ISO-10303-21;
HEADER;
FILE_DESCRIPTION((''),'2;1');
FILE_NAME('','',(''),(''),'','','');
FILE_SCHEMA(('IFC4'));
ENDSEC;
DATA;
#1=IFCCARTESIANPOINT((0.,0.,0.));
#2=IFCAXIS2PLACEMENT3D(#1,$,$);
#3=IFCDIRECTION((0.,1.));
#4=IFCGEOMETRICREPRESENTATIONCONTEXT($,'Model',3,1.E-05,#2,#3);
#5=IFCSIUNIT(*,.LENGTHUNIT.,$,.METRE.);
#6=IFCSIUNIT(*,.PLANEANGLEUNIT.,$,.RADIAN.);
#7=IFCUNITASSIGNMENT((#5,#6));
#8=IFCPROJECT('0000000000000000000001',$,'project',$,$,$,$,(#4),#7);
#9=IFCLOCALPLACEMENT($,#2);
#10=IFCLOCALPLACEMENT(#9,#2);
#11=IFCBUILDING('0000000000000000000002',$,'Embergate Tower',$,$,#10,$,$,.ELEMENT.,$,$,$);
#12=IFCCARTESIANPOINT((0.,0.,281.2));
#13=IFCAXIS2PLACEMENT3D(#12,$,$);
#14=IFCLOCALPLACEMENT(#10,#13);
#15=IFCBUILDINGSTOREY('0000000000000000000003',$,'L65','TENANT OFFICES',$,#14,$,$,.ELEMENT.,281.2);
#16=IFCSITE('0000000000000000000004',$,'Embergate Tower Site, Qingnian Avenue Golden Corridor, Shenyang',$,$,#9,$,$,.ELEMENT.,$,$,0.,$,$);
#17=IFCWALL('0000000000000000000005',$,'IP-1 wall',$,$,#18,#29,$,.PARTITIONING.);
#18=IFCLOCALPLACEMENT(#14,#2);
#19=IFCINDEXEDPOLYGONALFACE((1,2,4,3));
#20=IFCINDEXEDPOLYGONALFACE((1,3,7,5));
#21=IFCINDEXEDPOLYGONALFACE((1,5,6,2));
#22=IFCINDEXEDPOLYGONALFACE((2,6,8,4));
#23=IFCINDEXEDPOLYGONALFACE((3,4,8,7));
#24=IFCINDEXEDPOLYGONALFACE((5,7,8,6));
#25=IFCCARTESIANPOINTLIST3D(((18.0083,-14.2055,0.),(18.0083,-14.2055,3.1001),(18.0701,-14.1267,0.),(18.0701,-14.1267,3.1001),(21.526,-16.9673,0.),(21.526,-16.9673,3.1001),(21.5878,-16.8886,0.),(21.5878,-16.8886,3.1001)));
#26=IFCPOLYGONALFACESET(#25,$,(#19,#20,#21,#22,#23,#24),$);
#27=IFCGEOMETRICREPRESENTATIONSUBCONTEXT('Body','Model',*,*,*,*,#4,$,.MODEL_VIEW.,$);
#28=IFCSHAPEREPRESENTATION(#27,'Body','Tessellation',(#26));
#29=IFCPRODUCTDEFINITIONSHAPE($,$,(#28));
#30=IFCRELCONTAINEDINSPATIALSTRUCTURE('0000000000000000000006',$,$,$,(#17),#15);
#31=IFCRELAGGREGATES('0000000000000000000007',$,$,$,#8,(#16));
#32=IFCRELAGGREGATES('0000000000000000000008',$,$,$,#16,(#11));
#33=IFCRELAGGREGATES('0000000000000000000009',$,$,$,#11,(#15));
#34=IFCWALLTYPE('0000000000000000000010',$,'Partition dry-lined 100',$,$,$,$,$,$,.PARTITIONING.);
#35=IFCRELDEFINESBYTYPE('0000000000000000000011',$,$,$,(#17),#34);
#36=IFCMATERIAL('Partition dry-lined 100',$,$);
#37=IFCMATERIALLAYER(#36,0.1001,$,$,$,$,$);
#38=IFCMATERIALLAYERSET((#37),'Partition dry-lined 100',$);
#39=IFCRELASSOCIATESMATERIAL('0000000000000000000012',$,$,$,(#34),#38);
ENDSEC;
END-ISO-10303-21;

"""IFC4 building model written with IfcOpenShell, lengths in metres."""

from ifc_helpers import new_model, si_unit, direction, frame, frame_2d, origin, place, context, subcontext, project, spatial, rectangle, extrude, source, transform, mapped, material, layer, layer_set, type_object, element, save


model = new_model("IFC4")

# Units and contexts
model_context = context("Model", 3, precision=1e-05, world=origin(), true_north=direction((0.0, 1.0)))
body_context = subcontext(model_context, "Body", "Model", "MODEL_VIEW")
ifc_project = project(units=[si_unit("LENGTHUNIT", "METRE"), si_unit("PLANEANGLEUNIT", "RADIAN")], contexts=[model_context])

# Site, building, storey
site_placement = place(None, origin())
site = spatial("IfcSite", under=ifc_project, at=site_placement, Name="Embergate Tower Site, Qingnian Avenue Golden Corridor, Shenyang", CompositionType="ELEMENT", RefElevation=0.0)
building_placement = place(site_placement, origin())
building = spatial("IfcBuilding", under=site, at=building_placement, Name="Embergate Tower", CompositionType="ELEMENT")
storey_placement = place(building_placement, frame((0.0, 0.0, 281.2)))
storey = spatial("IfcBuildingStorey", under=building, at=storey_placement, Name="L65", Description="TENANT OFFICES", CompositionType="ELEMENT", Elevation=281.2)

# Wall
ifc_material_1 = material(Name="Partition dry-lined 100")
ifc_layer_1 = layer(ifc_material_1, 0.1001)
ifc_layer_set_1 = layer_set([ifc_layer_1], Name="Partition dry-lined 100")
wall_type = type_object("IfcWallType", Name="Partition dry-lined 100", PredefinedType="PARTITIONING", material=ifc_layer_set_1)
shared_shape_1 = source(origin(), body_context, "Body", "SweptSolid", [
    extrude(rectangle(XDim=4.4724, YDim=0.1001, at=frame_2d((2.2363, 0.0))), origin(), (0.0, 0.0, 1.0), 3.1001),
])
wall_1_placement = place(storey_placement, frame((18.0391, -14.166, 0.0), z_axis=(0.0, 0.0, 1.0), x_axis=(0.78654, -0.617539, 0.0)))
element("IfcWall", 1, at=wall_1_placement, inside=storey, type_object=wall_type, Name="IP-1 wall", PredefinedType="PARTITIONING", context=body_context, shape_type="MappedRepresentation", body=[
    mapped(shared_shape_1, transform((0.0, 0.0, 0.0))),
])

save(model, "model.ifc")
